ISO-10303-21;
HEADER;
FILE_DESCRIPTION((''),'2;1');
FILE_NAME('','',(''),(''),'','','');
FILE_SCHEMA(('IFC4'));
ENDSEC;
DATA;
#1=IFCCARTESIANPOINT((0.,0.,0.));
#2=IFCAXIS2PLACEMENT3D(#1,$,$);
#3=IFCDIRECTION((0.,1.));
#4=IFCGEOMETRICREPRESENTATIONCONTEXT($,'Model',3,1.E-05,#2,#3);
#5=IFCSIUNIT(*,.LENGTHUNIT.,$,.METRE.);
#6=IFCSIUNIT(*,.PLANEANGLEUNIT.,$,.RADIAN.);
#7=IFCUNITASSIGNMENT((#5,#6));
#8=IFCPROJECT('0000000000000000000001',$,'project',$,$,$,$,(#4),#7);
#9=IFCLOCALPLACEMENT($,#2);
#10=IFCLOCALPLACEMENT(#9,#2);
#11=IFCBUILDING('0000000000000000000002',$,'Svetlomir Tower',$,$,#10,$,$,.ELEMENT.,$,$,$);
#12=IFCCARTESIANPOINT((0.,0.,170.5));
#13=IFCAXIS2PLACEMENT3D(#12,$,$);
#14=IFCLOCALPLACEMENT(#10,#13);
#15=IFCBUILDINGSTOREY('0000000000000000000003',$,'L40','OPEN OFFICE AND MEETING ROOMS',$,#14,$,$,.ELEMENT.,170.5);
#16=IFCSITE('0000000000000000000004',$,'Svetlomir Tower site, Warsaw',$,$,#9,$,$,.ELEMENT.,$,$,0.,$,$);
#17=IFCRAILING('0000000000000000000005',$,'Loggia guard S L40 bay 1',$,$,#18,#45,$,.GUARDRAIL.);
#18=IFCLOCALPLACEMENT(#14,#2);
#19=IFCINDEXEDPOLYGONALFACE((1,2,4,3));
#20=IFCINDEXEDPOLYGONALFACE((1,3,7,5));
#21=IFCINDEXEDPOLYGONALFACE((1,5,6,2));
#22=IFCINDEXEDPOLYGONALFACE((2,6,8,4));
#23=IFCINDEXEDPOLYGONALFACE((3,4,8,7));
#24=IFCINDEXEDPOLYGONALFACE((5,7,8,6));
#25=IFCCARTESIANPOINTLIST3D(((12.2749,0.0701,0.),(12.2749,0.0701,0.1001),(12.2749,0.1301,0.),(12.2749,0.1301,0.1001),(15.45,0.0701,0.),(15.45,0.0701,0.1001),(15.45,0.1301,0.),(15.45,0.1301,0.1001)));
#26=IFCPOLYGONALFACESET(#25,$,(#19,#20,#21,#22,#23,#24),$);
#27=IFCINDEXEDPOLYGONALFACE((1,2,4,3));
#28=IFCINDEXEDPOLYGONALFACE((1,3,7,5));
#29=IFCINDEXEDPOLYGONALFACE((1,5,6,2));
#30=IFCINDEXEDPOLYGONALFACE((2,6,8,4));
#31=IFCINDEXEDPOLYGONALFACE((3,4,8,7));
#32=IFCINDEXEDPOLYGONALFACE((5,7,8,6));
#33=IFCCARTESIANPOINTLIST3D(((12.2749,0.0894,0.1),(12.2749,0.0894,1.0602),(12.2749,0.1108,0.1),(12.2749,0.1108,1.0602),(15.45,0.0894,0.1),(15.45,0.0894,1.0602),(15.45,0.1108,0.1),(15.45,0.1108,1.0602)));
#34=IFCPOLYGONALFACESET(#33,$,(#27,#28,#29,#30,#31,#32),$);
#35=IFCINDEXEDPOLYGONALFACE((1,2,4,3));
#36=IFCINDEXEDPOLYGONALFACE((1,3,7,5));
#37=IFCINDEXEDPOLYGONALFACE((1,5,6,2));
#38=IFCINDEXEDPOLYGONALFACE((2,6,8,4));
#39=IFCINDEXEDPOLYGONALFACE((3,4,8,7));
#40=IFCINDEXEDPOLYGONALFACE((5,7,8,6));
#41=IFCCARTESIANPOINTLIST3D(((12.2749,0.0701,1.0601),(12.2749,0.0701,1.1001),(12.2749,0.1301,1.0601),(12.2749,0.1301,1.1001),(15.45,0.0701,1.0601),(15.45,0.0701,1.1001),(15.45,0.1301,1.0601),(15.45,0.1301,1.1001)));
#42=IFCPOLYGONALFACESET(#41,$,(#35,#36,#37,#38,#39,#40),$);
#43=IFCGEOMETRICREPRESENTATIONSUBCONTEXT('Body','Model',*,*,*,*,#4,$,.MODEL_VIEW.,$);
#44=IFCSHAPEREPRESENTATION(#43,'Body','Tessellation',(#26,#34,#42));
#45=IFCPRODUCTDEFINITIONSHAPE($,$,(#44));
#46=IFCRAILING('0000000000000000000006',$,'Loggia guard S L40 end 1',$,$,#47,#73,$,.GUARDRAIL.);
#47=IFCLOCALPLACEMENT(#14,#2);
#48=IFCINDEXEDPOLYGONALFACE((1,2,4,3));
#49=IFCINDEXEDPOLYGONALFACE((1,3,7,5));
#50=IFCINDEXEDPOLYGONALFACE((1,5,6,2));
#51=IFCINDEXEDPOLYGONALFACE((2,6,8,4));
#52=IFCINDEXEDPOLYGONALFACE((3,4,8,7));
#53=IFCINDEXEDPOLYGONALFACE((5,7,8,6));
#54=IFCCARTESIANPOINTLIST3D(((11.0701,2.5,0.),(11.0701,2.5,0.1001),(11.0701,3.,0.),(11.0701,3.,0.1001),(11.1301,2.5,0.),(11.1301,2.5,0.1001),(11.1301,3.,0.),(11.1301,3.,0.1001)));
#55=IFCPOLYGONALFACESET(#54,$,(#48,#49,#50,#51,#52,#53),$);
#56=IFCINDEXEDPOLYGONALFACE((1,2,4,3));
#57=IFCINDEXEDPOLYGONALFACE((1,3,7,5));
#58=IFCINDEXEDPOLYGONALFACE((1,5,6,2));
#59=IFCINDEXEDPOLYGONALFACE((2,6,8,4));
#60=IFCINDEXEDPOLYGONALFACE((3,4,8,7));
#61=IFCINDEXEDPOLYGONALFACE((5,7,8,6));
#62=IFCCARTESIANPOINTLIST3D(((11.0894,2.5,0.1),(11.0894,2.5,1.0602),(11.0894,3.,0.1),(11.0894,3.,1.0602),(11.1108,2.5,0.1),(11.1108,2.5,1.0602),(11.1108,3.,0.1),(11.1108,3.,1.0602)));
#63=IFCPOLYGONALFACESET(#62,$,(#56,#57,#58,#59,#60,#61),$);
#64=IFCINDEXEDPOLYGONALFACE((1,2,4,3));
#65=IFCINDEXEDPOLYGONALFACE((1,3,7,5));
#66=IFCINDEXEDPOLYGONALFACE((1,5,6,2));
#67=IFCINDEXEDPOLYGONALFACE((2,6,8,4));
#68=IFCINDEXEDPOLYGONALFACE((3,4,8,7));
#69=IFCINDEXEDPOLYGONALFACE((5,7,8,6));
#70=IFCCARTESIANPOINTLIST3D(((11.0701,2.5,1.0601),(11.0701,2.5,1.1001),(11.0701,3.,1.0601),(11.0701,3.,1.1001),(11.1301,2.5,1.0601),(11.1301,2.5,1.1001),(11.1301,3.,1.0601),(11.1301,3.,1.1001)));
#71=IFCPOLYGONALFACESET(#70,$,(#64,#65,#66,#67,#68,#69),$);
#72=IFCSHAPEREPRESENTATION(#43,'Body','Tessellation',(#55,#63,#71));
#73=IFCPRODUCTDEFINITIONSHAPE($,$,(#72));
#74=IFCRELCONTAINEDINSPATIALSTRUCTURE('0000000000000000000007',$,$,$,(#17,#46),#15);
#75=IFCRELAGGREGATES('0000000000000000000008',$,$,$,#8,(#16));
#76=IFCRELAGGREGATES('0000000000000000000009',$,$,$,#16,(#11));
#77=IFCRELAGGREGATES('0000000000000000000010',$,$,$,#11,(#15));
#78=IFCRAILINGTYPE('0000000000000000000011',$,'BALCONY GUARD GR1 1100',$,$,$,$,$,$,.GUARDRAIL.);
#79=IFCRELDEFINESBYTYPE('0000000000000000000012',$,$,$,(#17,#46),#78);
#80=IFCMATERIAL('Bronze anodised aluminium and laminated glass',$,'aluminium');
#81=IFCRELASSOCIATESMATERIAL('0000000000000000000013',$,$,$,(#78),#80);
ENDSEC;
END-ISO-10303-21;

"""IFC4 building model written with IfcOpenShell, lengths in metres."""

from ifc_helpers import new_model, si_unit, direction, frame, origin, origin_2d, place, context, subcontext, project, spatial, rectangle, extrude, material, type_object, element, save


model = new_model("IFC4")

# Units and contexts
model_context = context("Model", 3, precision=1e-05, world=origin(), true_north=direction((0.0, 1.0)))
body_context = subcontext(model_context, "Body", "Model", "MODEL_VIEW")
ifc_project = project(units=[si_unit("LENGTHUNIT", "METRE"), si_unit("PLANEANGLEUNIT", "RADIAN")], contexts=[model_context])

# Site, building, storey
site_placement = place(None, origin())
site = spatial("IfcSite", under=ifc_project, at=site_placement, Name="Svetlomir Tower site, Warsaw", CompositionType="ELEMENT", RefElevation=0.0)
building_placement = place(site_placement, origin())
building = spatial("IfcBuilding", under=site, at=building_placement, Name="Svetlomir Tower", CompositionType="ELEMENT")
storey_placement = place(building_placement, frame((0.0, 0.0, 170.5)))
storey = spatial("IfcBuildingStorey", under=building, at=storey_placement, Name="L40", Description="OPEN OFFICE AND MEETING ROOMS", CompositionType="ELEMENT", Elevation=170.5)

# Railings
ifc_material_1 = material(Name="Bronze anodised aluminium and laminated glass", Category="aluminium")
railing_type = type_object("IfcRailingType", Name="BALCONY GUARD GR1 1100", PredefinedType="GUARDRAIL", material=ifc_material_1)
railing_1_placement = place(storey_placement, frame((12.2749, 0.1001, 0.0)))
element("IfcRailing", 1, at=railing_1_placement, inside=storey, type_object=railing_type, Name="Loggia guard S L40 bay 1", PredefinedType="GUARDRAIL", context=body_context, shape_type="SweptSolid", body=[
    extrude(rectangle(XDim=0.0601, YDim=0.1001, at=origin_2d()), frame((0.0, 0.0, 0.05), z_axis=(1.0, 0.0, 0.0), x_axis=(0.0, 1.0, 0.0)), (0.0, 0.0, 1.0), 3.175),
    extrude(rectangle(XDim=0.0215, YDim=0.9602, at=origin_2d()), frame((0.0, 0.0, 0.5801), z_axis=(1.0, 0.0, 0.0), x_axis=(0.0, 1.0, 0.0)), (0.0, 0.0, 1.0), 3.175),
    extrude(rectangle(XDim=0.0601, YDim=0.04, at=origin_2d()), frame((0.0, 0.0, 1.0801), z_axis=(1.0, 0.0, 0.0), x_axis=(0.0, 1.0, 0.0)), (0.0, 0.0, 1.0), 3.175),
])
railing_2_placement = place(storey_placement, frame((11.1001, 2.5, 0.0)))
element("IfcRailing", 2, at=railing_2_placement, inside=storey, type_object=railing_type, Name="Loggia guard S L40 end 1", PredefinedType="GUARDRAIL", context=body_context, shape_type="SweptSolid", body=[
    extrude(rectangle(XDim=0.0601, YDim=0.1001, at=origin_2d()), frame((0.0, 0.0, 0.05), z_axis=(0.0, 1.0, 0.0), x_axis=(-1.0, 0.0, 0.0)), (0.0, 0.0, 1.0), 0.5),
    extrude(rectangle(XDim=0.0215, YDim=0.9602, at=origin_2d()), frame((0.0, 0.0, 0.5801), z_axis=(0.0, 1.0, 0.0), x_axis=(-1.0, 0.0, 0.0)), (0.0, 0.0, 1.0), 0.5),
    extrude(rectangle(XDim=0.0601, YDim=0.04, at=origin_2d()), frame((0.0, 0.0, 1.0801), z_axis=(0.0, 1.0, 0.0), x_axis=(-1.0, 0.0, 0.0)), (0.0, 0.0, 1.0), 0.5),
])

save(model, "model.ifc")
